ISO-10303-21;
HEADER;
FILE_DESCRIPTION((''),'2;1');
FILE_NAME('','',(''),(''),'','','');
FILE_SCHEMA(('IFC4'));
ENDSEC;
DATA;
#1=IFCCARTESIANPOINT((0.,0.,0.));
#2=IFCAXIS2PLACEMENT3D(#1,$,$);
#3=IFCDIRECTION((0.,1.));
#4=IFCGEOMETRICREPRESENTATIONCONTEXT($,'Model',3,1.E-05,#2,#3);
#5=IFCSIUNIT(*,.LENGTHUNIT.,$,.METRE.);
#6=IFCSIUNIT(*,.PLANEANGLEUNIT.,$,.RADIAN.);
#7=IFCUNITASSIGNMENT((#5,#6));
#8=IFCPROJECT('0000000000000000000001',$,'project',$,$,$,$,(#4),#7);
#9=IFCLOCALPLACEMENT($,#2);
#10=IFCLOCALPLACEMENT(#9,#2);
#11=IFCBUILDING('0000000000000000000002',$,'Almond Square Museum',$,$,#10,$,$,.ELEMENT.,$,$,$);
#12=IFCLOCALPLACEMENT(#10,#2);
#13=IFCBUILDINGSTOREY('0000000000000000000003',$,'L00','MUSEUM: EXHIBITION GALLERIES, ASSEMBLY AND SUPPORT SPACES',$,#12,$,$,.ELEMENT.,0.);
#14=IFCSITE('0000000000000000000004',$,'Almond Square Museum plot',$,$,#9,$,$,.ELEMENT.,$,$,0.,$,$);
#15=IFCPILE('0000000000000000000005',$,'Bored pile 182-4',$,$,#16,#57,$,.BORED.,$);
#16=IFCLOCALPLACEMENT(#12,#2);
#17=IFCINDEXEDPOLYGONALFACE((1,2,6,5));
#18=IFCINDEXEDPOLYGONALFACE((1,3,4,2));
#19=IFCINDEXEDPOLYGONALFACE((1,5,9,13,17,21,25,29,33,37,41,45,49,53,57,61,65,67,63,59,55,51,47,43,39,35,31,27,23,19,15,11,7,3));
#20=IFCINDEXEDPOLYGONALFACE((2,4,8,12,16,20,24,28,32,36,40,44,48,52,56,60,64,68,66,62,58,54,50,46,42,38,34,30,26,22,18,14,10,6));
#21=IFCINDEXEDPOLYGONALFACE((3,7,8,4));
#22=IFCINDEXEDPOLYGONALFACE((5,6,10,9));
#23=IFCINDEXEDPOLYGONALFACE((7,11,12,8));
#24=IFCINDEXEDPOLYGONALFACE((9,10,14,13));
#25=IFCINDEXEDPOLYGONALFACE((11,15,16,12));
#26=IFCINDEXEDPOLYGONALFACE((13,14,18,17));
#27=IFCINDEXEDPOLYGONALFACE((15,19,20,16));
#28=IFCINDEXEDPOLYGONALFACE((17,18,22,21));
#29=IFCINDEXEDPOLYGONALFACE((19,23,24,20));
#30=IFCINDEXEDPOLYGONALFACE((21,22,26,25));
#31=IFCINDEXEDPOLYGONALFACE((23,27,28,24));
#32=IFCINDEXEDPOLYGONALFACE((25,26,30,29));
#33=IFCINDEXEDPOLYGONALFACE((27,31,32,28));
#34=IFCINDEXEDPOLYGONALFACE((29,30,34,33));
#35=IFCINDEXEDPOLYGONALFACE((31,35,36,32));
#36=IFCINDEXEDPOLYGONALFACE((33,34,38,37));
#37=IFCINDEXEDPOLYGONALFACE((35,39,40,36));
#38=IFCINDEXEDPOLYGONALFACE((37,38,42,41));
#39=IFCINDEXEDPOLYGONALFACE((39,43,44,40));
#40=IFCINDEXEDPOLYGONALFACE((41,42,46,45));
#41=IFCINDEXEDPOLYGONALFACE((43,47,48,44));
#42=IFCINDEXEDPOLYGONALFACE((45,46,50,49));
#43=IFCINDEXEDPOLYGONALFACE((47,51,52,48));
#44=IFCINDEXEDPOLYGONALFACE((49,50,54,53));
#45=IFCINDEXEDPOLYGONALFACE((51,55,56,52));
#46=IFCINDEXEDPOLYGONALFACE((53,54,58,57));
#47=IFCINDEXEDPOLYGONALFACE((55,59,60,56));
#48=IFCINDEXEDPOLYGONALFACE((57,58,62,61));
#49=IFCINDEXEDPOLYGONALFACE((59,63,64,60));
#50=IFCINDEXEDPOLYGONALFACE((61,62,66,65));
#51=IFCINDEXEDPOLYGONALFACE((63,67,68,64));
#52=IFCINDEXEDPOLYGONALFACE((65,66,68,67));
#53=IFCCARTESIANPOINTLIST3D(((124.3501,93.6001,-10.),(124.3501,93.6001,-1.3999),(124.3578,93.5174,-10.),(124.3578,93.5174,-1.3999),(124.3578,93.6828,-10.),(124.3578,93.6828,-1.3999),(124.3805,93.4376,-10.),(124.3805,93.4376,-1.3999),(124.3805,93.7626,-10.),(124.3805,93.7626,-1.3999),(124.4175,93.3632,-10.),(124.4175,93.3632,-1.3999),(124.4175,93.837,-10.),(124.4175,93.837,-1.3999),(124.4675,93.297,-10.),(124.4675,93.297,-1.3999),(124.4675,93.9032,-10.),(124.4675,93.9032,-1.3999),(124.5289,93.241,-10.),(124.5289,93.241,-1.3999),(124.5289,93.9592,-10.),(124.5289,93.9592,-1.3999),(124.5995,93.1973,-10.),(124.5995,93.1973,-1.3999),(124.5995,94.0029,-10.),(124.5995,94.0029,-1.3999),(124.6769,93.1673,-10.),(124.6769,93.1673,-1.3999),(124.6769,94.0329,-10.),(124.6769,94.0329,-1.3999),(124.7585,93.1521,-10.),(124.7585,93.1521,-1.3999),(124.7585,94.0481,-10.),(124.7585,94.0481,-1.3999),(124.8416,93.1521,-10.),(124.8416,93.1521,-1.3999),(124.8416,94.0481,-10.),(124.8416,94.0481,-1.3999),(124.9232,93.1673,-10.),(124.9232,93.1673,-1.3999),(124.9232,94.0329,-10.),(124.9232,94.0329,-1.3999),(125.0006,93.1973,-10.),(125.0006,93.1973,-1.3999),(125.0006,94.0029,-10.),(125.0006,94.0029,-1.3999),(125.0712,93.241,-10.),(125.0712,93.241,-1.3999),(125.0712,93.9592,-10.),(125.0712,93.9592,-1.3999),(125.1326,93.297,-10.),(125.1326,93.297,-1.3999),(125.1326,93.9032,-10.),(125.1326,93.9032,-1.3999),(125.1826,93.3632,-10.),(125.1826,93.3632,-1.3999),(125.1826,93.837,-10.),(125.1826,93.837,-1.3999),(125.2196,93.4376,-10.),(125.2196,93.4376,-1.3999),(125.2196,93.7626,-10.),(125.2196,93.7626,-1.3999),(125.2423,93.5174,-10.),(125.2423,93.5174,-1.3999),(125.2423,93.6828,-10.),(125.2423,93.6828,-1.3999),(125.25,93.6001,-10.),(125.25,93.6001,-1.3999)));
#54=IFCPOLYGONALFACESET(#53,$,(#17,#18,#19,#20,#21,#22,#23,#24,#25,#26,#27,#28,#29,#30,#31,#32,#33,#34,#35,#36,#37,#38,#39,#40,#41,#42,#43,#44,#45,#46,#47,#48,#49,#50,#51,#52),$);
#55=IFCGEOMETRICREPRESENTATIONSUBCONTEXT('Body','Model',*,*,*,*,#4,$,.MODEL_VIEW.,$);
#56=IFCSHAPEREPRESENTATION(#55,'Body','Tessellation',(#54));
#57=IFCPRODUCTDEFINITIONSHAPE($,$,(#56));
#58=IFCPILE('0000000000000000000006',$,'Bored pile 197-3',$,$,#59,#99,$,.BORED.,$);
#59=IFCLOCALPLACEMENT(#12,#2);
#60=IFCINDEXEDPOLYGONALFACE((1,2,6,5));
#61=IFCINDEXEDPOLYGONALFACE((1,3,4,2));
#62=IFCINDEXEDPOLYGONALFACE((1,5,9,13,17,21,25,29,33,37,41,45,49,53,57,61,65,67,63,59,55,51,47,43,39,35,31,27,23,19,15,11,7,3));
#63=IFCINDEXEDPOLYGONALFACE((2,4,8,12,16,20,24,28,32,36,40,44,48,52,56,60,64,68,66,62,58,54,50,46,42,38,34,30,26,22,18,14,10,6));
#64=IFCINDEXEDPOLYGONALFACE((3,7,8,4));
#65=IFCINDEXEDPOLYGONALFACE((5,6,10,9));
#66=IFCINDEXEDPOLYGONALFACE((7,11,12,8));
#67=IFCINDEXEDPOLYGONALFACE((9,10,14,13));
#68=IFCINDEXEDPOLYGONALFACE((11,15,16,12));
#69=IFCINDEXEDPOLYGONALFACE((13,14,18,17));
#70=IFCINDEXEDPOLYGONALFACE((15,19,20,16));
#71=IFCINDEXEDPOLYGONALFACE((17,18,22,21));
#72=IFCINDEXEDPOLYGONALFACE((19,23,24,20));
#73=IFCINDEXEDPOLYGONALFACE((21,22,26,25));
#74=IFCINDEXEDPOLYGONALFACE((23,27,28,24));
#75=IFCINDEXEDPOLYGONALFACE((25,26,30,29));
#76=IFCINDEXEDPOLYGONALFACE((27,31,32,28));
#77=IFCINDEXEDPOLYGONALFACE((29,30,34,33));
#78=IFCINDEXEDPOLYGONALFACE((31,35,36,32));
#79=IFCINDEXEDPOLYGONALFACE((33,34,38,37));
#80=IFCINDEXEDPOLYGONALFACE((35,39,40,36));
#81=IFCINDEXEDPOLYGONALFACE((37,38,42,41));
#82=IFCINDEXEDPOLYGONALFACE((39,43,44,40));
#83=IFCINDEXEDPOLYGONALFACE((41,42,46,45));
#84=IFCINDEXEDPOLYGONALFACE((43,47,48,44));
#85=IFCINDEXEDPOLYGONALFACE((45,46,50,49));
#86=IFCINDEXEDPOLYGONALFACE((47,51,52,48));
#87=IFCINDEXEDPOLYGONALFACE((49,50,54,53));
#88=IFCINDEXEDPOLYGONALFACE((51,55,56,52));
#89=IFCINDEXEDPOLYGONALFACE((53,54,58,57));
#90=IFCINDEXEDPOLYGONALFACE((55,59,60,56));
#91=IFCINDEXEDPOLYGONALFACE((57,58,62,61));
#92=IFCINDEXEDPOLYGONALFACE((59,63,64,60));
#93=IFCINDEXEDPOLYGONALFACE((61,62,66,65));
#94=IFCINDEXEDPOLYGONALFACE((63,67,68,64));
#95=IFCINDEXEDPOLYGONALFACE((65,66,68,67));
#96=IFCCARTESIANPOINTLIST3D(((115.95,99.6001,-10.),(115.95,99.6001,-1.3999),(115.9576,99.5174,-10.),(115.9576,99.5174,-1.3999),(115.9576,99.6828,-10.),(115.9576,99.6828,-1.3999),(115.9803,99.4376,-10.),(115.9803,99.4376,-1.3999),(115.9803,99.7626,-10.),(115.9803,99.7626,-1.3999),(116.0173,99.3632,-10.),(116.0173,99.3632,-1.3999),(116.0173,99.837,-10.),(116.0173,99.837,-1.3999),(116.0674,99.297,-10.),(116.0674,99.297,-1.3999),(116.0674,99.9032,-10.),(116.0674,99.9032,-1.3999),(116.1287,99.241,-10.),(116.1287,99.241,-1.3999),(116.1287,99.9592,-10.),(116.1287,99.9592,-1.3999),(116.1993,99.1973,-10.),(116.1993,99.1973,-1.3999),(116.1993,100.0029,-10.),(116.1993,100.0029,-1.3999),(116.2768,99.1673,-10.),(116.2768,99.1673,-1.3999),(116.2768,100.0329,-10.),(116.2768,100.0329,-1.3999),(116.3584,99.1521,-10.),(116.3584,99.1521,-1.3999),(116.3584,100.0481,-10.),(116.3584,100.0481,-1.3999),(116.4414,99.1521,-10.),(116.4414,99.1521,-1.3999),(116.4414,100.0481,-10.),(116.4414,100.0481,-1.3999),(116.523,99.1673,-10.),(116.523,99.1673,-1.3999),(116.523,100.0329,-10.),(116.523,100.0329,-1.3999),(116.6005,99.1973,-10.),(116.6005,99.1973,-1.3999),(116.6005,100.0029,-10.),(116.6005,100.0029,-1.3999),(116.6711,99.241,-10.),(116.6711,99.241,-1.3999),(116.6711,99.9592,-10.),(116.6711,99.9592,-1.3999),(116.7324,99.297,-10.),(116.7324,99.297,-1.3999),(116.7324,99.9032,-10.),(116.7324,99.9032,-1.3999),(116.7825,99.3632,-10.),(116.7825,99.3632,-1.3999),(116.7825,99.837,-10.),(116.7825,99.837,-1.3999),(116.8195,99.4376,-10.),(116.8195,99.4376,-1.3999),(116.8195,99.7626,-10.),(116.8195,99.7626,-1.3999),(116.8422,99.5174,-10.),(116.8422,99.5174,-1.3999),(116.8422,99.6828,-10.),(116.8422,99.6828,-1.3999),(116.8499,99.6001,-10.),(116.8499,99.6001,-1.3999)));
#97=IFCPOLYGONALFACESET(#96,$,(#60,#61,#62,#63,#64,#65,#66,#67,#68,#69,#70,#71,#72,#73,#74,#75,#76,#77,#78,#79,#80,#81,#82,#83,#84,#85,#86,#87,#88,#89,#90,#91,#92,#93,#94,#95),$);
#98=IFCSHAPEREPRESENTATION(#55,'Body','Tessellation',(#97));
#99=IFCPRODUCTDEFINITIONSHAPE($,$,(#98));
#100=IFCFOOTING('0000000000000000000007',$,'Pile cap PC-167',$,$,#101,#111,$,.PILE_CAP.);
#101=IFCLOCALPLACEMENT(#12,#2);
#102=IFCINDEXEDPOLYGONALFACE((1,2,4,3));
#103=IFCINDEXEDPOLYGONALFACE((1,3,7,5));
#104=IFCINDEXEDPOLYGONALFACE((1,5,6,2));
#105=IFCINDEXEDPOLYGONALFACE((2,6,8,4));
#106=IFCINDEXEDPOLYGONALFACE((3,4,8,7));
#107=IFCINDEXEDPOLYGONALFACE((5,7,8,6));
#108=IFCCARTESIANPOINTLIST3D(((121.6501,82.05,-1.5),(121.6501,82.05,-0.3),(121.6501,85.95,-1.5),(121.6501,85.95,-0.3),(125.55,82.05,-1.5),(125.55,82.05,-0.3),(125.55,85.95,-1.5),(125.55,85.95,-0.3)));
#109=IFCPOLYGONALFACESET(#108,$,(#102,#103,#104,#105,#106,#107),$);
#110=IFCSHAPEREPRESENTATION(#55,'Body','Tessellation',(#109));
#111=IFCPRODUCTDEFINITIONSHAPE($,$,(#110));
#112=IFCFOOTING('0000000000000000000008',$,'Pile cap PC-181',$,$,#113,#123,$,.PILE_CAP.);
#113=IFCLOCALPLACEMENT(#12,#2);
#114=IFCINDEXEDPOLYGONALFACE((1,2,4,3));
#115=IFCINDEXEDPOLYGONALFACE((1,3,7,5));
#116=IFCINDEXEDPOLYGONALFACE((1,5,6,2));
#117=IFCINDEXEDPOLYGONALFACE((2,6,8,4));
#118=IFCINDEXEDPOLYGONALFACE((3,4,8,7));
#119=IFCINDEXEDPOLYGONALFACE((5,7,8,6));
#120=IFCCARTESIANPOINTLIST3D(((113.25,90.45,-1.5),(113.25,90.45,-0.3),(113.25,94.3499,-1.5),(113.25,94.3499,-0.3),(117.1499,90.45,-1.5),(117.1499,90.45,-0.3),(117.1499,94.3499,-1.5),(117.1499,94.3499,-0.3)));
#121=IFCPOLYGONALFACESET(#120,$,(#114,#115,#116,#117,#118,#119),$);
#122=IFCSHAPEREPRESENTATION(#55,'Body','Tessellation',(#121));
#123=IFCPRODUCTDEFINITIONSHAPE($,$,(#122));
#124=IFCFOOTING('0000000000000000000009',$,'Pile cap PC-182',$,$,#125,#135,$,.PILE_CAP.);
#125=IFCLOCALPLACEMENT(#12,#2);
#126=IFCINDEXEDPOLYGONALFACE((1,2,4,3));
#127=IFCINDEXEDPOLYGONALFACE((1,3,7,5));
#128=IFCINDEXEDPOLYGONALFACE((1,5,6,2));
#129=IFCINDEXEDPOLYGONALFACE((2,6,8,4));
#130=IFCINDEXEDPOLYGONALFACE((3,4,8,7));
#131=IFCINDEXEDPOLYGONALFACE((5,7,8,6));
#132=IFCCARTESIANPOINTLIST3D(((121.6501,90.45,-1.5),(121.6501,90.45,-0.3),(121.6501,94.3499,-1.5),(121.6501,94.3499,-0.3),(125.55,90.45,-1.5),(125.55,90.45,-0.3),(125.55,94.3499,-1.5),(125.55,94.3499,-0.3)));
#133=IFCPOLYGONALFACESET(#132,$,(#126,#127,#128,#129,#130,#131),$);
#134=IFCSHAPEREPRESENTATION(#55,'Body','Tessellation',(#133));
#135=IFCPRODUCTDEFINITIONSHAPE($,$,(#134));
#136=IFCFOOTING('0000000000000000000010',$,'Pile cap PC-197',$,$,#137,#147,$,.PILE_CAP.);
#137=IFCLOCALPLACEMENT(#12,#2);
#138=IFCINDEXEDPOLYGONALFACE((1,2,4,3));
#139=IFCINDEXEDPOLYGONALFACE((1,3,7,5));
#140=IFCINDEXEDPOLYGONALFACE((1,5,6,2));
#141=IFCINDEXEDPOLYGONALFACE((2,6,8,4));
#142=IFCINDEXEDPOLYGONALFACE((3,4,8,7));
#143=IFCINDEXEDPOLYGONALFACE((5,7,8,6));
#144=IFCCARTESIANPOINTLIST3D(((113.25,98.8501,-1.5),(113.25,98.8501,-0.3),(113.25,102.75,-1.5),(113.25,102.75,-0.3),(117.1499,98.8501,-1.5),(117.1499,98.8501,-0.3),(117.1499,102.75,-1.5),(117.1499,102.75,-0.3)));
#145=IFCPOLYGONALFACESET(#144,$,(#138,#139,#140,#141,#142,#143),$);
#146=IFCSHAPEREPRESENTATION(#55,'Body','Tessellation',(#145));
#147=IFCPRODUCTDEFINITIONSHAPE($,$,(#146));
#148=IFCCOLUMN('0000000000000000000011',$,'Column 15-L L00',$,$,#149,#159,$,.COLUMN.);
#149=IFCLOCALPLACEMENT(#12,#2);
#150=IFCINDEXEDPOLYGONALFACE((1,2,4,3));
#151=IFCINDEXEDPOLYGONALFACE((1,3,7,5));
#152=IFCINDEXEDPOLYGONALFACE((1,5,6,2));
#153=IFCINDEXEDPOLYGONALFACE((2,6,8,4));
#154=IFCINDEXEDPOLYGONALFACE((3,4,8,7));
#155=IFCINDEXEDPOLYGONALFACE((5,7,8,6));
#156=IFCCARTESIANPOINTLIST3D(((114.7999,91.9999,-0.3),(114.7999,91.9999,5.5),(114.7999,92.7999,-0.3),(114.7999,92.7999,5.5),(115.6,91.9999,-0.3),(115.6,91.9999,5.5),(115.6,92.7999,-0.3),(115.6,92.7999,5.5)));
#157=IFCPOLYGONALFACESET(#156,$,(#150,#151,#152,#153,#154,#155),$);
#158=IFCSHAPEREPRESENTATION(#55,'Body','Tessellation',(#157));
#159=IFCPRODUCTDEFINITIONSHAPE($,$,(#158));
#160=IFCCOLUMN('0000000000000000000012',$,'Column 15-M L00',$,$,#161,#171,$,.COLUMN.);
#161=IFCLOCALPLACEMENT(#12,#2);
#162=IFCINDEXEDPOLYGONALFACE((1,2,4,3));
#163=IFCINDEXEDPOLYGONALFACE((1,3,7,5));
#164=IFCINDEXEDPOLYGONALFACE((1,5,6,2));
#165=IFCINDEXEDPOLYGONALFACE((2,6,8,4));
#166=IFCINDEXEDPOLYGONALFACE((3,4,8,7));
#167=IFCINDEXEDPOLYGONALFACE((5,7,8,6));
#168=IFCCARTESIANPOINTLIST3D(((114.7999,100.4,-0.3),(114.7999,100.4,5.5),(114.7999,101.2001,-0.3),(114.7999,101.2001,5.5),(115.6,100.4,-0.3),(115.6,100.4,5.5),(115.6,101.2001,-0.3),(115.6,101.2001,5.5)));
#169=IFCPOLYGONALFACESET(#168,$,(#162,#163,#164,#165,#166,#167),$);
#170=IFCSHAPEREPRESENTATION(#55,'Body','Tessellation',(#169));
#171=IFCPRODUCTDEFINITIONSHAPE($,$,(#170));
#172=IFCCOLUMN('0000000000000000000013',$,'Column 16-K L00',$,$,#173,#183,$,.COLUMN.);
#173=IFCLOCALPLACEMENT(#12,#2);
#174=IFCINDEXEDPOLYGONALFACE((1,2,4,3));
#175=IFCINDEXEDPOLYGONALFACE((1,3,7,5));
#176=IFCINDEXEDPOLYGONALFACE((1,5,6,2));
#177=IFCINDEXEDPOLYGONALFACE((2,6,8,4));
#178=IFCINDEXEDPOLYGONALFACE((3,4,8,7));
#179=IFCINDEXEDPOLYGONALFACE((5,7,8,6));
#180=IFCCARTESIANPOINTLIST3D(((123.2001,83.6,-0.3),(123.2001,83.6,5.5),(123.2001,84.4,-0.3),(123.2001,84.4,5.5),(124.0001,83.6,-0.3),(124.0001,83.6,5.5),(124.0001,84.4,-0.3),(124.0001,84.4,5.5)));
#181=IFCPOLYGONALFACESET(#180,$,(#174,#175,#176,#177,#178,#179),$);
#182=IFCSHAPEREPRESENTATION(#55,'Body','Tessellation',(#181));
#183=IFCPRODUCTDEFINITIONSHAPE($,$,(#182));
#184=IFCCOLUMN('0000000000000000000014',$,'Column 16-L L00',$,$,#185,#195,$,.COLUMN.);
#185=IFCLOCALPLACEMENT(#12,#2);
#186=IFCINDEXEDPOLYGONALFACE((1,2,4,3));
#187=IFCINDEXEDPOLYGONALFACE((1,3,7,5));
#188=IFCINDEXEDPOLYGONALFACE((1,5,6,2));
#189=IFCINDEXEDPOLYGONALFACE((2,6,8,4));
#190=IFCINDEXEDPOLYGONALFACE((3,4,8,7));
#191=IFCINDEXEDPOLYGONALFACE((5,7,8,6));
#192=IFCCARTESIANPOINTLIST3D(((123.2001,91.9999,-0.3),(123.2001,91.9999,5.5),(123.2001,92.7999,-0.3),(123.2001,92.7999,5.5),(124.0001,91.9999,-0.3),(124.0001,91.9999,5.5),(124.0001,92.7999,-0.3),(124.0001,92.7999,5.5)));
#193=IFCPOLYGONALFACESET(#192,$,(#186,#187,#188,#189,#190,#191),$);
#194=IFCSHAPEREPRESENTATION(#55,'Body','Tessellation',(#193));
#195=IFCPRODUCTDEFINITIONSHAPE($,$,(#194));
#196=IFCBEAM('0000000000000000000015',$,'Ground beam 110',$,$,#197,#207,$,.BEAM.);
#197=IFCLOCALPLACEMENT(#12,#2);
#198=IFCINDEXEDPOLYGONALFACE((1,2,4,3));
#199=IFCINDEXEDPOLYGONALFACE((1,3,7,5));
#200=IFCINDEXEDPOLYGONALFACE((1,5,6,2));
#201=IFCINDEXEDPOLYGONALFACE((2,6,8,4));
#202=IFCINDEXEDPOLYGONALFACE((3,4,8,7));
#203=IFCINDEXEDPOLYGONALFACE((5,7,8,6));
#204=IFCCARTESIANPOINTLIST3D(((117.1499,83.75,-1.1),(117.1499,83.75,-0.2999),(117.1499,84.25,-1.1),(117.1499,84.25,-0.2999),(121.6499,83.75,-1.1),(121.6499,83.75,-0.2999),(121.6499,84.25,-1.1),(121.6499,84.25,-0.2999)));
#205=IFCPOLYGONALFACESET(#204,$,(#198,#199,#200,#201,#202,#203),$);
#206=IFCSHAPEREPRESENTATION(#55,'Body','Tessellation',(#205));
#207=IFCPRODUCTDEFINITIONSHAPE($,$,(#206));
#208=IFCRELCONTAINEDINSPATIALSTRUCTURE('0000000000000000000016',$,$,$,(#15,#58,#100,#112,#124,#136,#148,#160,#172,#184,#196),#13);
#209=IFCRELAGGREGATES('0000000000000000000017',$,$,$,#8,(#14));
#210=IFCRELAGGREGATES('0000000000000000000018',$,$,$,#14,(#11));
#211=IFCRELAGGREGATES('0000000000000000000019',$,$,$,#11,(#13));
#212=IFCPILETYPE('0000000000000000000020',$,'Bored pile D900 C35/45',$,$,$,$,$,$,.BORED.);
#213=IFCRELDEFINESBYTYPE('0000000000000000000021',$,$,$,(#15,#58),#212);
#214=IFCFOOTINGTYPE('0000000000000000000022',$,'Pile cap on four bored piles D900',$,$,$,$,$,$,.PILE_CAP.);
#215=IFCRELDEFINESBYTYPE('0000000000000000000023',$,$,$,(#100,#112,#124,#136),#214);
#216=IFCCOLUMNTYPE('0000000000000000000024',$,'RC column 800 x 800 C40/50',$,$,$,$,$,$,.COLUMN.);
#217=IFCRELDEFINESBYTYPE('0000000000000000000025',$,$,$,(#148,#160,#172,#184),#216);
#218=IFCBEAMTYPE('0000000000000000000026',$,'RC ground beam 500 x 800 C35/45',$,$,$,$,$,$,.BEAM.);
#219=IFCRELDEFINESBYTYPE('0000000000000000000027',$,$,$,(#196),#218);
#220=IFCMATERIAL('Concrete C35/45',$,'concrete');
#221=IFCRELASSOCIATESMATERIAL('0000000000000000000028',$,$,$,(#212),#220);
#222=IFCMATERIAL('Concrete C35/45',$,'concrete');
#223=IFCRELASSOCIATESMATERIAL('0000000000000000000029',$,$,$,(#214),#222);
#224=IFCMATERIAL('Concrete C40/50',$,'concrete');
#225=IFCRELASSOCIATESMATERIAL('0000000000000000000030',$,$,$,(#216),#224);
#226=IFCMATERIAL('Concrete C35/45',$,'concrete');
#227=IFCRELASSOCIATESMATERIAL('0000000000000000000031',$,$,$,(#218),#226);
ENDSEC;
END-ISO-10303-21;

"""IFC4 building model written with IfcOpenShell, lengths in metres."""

from ifc_helpers import new_model, si_unit, direction, frame, origin, origin_2d, place, context, subcontext, project, spatial, rectangle, circle, extrude, material, material_profile, profile_set, type_object, element, save


model = new_model("IFC4")

# Units and contexts
model_context = context("Model", 3, precision=1e-05, world=origin(), true_north=direction((0.0, 1.0)))
body_context = subcontext(model_context, "Body", "Model", "MODEL_VIEW")
ifc_project = project(units=[si_unit("LENGTHUNIT", "METRE"), si_unit("PLANEANGLEUNIT", "RADIAN")], contexts=[model_context])

# Site, building, storey
site_placement = place(None, origin())
site = spatial("IfcSite", under=ifc_project, at=site_placement, Name="Almond Square Museum plot", CompositionType="ELEMENT", RefElevation=0.0)
building_placement = place(site_placement, origin())
building = spatial("IfcBuilding", under=site, at=building_placement, Name="Almond Square Museum", CompositionType="ELEMENT")
storey_placement = place(building_placement, origin())
storey = spatial("IfcBuildingStorey", under=building, at=storey_placement, Name="L00", Description="MUSEUM: EXHIBITION GALLERIES, ASSEMBLY AND SUPPORT SPACES", CompositionType="ELEMENT", Elevation=0.0)

# Piles
ifc_material_1 = material(Name="Concrete C35/45", Category="concrete")
ifc_material_profile_1 = material_profile(ifc_material_1, circle(Radius=0.45, at=origin_2d()))
ifc_profile_set_1 = profile_set([ifc_material_profile_1], Name="Concrete C35/45")
pile_type = type_object("IfcPileType", Name="Bored pile D900 C35/45", PredefinedType="BORED", material=ifc_profile_set_1)
for number, where, z_axis, x_axis, name in (
    (1, (124.8, 93.6001, -1.3999), (0.0, 0.0, -1.0), (1.0, 0.0, 0.0), "Bored pile 182-4"),
    (2, (116.3999, 99.6001, -1.3999), (0.0, 0.0, -1.0), (1.0, 0.0, 0.0), "Bored pile 197-3"),
):
    element("IfcPile", number, at=place(storey_placement, frame(where, z_axis=z_axis, x_axis=x_axis)), inside=storey, type_object=pile_type, Name=name, PredefinedType="BORED", context=body_context, shape_type="SweptSolid", body=[
        extrude(circle(Radius=0.45, at=origin_2d()), origin(), (0.0, 0.0, 1.0), 8.6001),
    ])

# Footings
ifc_material_2 = material(Name="Concrete C35/45", Category="concrete")
footing_type = type_object("IfcFootingType", Name="Pile cap on four bored piles D900", PredefinedType="PILE_CAP", material=ifc_material_2)
for number, where, z_axis, x_axis, name in (
    (3, (123.6001, 84.0, -1.5), (0.0, 0.0, 1.0), (1.0, 0.0, 0.0), "Pile cap PC-167"),
    (4, (115.2, 92.3999, -1.5), (0.0, 0.0, 1.0), (1.0, 0.0, 0.0), "Pile cap PC-181"),
    (5, (123.6001, 92.3999, -1.5), (0.0, 0.0, 1.0), (1.0, 0.0, 0.0), "Pile cap PC-182"),
    (6, (115.2, 100.8, -1.5), (0.0, 0.0, 1.0), (1.0, 0.0, 0.0), "Pile cap PC-197"),
):
    element("IfcFooting", number, at=place(storey_placement, frame(where, z_axis=z_axis, x_axis=x_axis)), inside=storey, type_object=footing_type, Name=name, PredefinedType="PILE_CAP", context=body_context, shape_type="SweptSolid", body=[
        extrude(rectangle(XDim=3.8999, YDim=3.8999, at=origin_2d()), origin(), (0.0, 0.0, 1.0), 1.2),
    ])

# Columns
ifc_material_3 = material(Name="Concrete C40/50", Category="concrete")
ifc_material_profile_2 = material_profile(ifc_material_3, rectangle(XDim=0.8, YDim=0.8, at=origin_2d()))
ifc_profile_set_2 = profile_set([ifc_material_profile_2], Name="Concrete C40/50")
column_type = type_object("IfcColumnType", Name="RC column 800 x 800 C40/50", PredefinedType="COLUMN", material=ifc_profile_set_2)
for number, where, z_axis, x_axis, name in (
    (7, (115.2, 92.3999, -0.3), (0.0, 0.0, 1.0), (1.0, 0.0, 0.0), "Column 15-L L00"),
    (8, (115.2, 100.8, -0.3), (0.0, 0.0, 1.0), (1.0, 0.0, 0.0), "Column 15-M L00"),
    (9, (123.6001, 84.0, -0.3), (0.0, 0.0, 1.0), (1.0, 0.0, 0.0), "Column 16-K L00"),
    (10, (123.6001, 92.3999, -0.3), (0.0, 0.0, 1.0), (1.0, 0.0, 0.0), "Column 16-L L00"),
):
    element("IfcColumn", number, at=place(storey_placement, frame(where, z_axis=z_axis, x_axis=x_axis)), inside=storey, type_object=column_type, Name=name, PredefinedType="COLUMN", context=body_context, shape_type="SweptSolid", body=[
        extrude(rectangle(XDim=0.8, YDim=0.8, at=origin_2d()), origin(), (0.0, 0.0, 1.0), 5.8),
    ])

# Beam
ifc_material_4 = material(Name="Concrete C35/45", Category="concrete")
ifc_material_profile_3 = material_profile(ifc_material_4, rectangle(XDim=0.5, YDim=0.8, at=origin_2d()))
ifc_profile_set_3 = profile_set([ifc_material_profile_3], Name="Concrete C35/45")
beam_type = type_object("IfcBeamType", Name="RC ground beam 500 x 800 C35/45", PredefinedType="BEAM", material=ifc_profile_set_3)
for number, where, z_axis, x_axis, name in (
    (11, (117.1499, 84.0, -0.7), (1.0, 0.0, 0.0), (0.0, 1.0, 0.0), "Ground beam 110"),
):
    element("IfcBeam", number, at=place(storey_placement, frame(where, z_axis=z_axis, x_axis=x_axis)), inside=storey, type_object=beam_type, Name=name, PredefinedType="BEAM", context=body_context, shape_type="SweptSolid", body=[
        extrude(rectangle(XDim=0.5, YDim=0.8, at=origin_2d()), origin(), (0.0, 0.0, 1.0), 4.5),
    ])

save(model, "model.ifc")
